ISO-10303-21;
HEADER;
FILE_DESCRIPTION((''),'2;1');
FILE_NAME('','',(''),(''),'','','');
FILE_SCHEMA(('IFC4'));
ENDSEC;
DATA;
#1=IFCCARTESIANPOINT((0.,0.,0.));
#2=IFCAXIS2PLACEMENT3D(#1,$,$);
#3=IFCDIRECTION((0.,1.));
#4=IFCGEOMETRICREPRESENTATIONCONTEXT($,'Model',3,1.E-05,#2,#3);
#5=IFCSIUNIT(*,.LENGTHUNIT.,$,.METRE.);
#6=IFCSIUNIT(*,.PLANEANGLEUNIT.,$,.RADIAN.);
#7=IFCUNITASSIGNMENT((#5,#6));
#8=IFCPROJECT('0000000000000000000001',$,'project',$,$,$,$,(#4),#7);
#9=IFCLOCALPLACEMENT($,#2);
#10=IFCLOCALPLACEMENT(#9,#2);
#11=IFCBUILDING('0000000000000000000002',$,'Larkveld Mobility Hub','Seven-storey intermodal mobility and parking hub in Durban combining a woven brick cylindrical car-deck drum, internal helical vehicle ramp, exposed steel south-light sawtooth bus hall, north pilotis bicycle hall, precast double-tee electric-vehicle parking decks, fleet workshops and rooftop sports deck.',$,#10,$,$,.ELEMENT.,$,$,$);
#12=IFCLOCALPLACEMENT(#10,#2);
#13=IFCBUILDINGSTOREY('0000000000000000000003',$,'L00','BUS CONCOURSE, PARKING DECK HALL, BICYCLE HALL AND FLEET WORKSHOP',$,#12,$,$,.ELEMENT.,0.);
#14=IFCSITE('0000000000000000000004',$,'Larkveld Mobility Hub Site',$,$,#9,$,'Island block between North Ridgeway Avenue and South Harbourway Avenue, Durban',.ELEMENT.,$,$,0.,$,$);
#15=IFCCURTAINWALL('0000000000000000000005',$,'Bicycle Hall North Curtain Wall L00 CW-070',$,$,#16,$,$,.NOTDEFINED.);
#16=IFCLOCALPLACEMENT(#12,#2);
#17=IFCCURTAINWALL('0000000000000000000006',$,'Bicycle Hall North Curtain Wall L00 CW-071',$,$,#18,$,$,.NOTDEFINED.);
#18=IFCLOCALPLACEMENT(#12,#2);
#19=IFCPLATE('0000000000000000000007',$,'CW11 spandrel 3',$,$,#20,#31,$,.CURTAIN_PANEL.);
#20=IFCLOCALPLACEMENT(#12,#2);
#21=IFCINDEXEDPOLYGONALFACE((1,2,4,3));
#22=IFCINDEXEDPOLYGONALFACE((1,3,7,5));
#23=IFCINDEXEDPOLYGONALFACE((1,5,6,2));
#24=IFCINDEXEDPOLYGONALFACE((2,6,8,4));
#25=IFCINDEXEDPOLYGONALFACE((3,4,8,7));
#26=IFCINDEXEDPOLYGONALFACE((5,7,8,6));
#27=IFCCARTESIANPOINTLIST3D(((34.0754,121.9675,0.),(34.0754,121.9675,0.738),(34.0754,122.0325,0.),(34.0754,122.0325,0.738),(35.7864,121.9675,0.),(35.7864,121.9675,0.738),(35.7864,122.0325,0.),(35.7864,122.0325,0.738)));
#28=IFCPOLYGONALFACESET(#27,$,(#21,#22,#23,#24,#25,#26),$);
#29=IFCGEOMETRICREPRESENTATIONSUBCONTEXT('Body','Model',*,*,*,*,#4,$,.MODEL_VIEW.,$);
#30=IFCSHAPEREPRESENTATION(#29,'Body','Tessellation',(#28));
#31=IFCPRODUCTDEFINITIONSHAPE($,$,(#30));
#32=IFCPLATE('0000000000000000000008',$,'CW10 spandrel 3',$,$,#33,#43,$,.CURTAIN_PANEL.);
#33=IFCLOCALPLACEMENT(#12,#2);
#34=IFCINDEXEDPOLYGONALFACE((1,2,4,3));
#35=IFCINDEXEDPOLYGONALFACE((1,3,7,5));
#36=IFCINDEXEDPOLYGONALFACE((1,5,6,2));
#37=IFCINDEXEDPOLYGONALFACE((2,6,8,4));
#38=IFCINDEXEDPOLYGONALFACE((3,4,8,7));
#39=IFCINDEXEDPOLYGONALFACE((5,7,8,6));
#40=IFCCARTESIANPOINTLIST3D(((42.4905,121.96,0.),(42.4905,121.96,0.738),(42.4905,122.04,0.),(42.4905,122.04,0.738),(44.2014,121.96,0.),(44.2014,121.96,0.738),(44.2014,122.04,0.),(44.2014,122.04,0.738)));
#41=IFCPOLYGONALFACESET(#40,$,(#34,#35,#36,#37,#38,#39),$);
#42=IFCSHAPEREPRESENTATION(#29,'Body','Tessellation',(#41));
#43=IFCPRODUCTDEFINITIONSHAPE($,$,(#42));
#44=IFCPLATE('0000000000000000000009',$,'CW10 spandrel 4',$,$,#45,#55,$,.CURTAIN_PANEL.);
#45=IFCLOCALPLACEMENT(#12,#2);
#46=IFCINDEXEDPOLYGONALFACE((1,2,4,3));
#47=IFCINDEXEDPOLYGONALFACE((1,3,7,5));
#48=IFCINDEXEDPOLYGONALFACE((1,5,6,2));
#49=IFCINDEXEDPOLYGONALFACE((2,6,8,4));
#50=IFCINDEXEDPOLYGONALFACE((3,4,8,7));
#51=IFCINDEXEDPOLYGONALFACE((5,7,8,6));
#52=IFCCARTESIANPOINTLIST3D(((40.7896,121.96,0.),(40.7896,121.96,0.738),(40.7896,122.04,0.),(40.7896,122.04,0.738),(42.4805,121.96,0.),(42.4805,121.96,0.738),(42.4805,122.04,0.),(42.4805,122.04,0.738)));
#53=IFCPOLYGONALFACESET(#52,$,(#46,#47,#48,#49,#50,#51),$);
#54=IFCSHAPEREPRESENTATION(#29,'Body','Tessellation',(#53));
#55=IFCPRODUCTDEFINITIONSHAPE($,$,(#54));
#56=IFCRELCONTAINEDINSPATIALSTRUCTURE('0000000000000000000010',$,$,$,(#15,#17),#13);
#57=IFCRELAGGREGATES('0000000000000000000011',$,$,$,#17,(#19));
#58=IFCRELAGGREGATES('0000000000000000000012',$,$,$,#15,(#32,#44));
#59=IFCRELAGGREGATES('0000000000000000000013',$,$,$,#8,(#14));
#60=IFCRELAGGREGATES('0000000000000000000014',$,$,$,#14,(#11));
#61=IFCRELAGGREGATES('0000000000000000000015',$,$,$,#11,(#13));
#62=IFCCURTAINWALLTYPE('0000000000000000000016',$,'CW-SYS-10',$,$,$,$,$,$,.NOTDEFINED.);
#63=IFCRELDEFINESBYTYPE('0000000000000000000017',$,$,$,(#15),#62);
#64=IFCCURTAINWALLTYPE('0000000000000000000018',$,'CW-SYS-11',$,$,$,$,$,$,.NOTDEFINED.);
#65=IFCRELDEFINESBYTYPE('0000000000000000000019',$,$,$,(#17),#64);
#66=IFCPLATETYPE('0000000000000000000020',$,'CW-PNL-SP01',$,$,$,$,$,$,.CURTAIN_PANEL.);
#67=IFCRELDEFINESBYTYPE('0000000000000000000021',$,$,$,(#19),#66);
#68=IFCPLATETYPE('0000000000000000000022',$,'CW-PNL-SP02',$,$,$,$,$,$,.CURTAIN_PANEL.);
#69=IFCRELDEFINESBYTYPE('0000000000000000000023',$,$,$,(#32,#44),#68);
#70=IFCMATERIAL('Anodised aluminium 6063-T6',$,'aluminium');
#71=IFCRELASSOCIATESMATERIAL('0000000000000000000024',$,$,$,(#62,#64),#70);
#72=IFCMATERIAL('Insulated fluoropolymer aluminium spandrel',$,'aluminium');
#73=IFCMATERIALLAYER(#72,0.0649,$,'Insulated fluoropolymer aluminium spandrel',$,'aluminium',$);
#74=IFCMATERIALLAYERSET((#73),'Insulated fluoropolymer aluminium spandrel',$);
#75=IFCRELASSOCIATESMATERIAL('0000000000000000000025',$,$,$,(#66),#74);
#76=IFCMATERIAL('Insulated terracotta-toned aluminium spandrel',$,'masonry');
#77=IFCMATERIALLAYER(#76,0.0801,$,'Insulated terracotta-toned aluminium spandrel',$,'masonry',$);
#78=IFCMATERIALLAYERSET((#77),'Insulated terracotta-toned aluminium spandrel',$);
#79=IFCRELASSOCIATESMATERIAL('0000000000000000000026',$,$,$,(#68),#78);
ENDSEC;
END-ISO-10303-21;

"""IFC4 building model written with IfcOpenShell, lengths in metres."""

from ifc_helpers import new_model, si_unit, direction, frame, origin, origin_2d, place, context, subcontext, project, spatial, rectangle, extrude, material, layer, layer_set, type_object, element, aggregate, save


model = new_model("IFC4")

# Units and contexts
model_context = context("Model", 3, precision=1e-05, world=origin(), true_north=direction((0.0, 1.0)))
body_context = subcontext(model_context, "Body", "Model", "MODEL_VIEW")
ifc_project = project(units=[si_unit("LENGTHUNIT", "METRE"), si_unit("PLANEANGLEUNIT", "RADIAN")], contexts=[model_context])

# Site, building, storey
site_placement = place(None, origin())
site = spatial("IfcSite", under=ifc_project, at=site_placement, Name="Larkveld Mobility Hub Site", LongName="Island block between North Ridgeway Avenue and South Harbourway Avenue, Durban", CompositionType="ELEMENT", RefElevation=0.0)
building_placement = place(site_placement, origin())
building = spatial("IfcBuilding", under=site, at=building_placement, Name="Larkveld Mobility Hub", Description="Seven-storey intermodal mobility and parking hub in Durban combining a woven brick cylindrical car-deck drum, internal helical vehicle ramp, exposed steel south-light sawtooth bus hall, north pilotis bicycle hall, precast double-tee electric-vehicle parking decks, fleet workshops and rooftop sports deck.", CompositionType="ELEMENT")
storey_placement = place(building_placement, origin())
storey = spatial("IfcBuildingStorey", under=building, at=storey_placement, Name="L00", Description="BUS CONCOURSE, PARKING DECK HALL, BICYCLE HALL AND FLEET WORKSHOP", CompositionType="ELEMENT", Elevation=0.0)

# Curtain walls
ifc_material_1 = material(Name="Anodised aluminium 6063-T6", Category="aluminium")
curtain_wall_type_1 = type_object("IfcCurtainWallType", Name="CW-SYS-10", PredefinedType="NOTDEFINED", material=ifc_material_1)
curtain_wall_1_placement = place(storey_placement, origin())
curtain_wall_1 = element("IfcCurtainWall", 1, at=curtain_wall_1_placement, inside=storey, type_object=curtain_wall_type_1, Name="Bicycle Hall North Curtain Wall L00 CW-070", PredefinedType="NOTDEFINED")
curtain_wall_type_2 = type_object("IfcCurtainWallType", Name="CW-SYS-11", PredefinedType="NOTDEFINED", material=ifc_material_1)
curtain_wall_2_placement = place(storey_placement, origin())
curtain_wall_2 = element("IfcCurtainWall", 2, at=curtain_wall_2_placement, inside=storey, type_object=curtain_wall_type_2, Name="Bicycle Hall North Curtain Wall L00 CW-071", PredefinedType="NOTDEFINED")

# Plates
ifc_material_2 = material(Name="Insulated fluoropolymer aluminium spandrel", Category="aluminium")
ifc_layer_1 = layer(ifc_material_2, 0.0649, Name="Insulated fluoropolymer aluminium spandrel", Category="aluminium")
ifc_layer_set_1 = layer_set([ifc_layer_1], Name="Insulated fluoropolymer aluminium spandrel")
plate_type_1 = type_object("IfcPlateType", Name="CW-PNL-SP01", PredefinedType="CURTAIN_PANEL", material=ifc_layer_set_1)
plate_1_placement = place(storey_placement, frame((34.9309, 122.0, 0.0), z_axis=(0.0, 0.0, 1.0), x_axis=(-1.0, 0.0, 0.0)))
plate_1 = element("IfcPlate", 3, at=plate_1_placement, type_object=plate_type_1, Name="CW11 spandrel 3", PredefinedType="CURTAIN_PANEL", context=body_context, shape_type="SweptSolid", body=[
    extrude(rectangle(XDim=1.7109, YDim=0.0649, at=origin_2d()), origin(), (0.0, 0.0, 1.0), 0.738),
])
aggregate(curtain_wall_2, [plate_1])
ifc_material_3 = material(Name="Insulated terracotta-toned aluminium spandrel", Category="masonry")
ifc_layer_2 = layer(ifc_material_3, 0.0801, Name="Insulated terracotta-toned aluminium spandrel", Category="masonry")
ifc_layer_set_2 = layer_set([ifc_layer_2], Name="Insulated terracotta-toned aluminium spandrel")
plate_type_2 = type_object("IfcPlateType", Name="CW-PNL-SP02", PredefinedType="CURTAIN_PANEL", material=ifc_layer_set_2)
plate_2_placement = place(storey_placement, frame((43.3459, 122.0, 0.0), z_axis=(0.0, 0.0, 1.0), x_axis=(-1.0, 0.0, 0.0)))
plate_2 = element("IfcPlate", 4, at=plate_2_placement, type_object=plate_type_2, Name="CW10 spandrel 3", PredefinedType="CURTAIN_PANEL", context=body_context, shape_type="SweptSolid", body=[
    extrude(rectangle(XDim=1.7109, YDim=0.0801, at=origin_2d()), origin(), (0.0, 0.0, 1.0), 0.738),
])
plate_3_placement = place(storey_placement, frame((41.635, 122.0, 0.0), z_axis=(0.0, 0.0, 1.0), x_axis=(-1.0, 0.0, 0.0)))
plate_3 = element("IfcPlate", 5, at=plate_3_placement, type_object=plate_type_2, Name="CW10 spandrel 4", PredefinedType="CURTAIN_PANEL", context=body_context, shape_type="SweptSolid", body=[
    extrude(rectangle(XDim=1.6909, YDim=0.0801, at=origin_2d()), origin(), (0.0, 0.0, 1.0), 0.738),
])
aggregate(curtain_wall_1, [plate_2, plate_3])

save(model, "model.ifc")
